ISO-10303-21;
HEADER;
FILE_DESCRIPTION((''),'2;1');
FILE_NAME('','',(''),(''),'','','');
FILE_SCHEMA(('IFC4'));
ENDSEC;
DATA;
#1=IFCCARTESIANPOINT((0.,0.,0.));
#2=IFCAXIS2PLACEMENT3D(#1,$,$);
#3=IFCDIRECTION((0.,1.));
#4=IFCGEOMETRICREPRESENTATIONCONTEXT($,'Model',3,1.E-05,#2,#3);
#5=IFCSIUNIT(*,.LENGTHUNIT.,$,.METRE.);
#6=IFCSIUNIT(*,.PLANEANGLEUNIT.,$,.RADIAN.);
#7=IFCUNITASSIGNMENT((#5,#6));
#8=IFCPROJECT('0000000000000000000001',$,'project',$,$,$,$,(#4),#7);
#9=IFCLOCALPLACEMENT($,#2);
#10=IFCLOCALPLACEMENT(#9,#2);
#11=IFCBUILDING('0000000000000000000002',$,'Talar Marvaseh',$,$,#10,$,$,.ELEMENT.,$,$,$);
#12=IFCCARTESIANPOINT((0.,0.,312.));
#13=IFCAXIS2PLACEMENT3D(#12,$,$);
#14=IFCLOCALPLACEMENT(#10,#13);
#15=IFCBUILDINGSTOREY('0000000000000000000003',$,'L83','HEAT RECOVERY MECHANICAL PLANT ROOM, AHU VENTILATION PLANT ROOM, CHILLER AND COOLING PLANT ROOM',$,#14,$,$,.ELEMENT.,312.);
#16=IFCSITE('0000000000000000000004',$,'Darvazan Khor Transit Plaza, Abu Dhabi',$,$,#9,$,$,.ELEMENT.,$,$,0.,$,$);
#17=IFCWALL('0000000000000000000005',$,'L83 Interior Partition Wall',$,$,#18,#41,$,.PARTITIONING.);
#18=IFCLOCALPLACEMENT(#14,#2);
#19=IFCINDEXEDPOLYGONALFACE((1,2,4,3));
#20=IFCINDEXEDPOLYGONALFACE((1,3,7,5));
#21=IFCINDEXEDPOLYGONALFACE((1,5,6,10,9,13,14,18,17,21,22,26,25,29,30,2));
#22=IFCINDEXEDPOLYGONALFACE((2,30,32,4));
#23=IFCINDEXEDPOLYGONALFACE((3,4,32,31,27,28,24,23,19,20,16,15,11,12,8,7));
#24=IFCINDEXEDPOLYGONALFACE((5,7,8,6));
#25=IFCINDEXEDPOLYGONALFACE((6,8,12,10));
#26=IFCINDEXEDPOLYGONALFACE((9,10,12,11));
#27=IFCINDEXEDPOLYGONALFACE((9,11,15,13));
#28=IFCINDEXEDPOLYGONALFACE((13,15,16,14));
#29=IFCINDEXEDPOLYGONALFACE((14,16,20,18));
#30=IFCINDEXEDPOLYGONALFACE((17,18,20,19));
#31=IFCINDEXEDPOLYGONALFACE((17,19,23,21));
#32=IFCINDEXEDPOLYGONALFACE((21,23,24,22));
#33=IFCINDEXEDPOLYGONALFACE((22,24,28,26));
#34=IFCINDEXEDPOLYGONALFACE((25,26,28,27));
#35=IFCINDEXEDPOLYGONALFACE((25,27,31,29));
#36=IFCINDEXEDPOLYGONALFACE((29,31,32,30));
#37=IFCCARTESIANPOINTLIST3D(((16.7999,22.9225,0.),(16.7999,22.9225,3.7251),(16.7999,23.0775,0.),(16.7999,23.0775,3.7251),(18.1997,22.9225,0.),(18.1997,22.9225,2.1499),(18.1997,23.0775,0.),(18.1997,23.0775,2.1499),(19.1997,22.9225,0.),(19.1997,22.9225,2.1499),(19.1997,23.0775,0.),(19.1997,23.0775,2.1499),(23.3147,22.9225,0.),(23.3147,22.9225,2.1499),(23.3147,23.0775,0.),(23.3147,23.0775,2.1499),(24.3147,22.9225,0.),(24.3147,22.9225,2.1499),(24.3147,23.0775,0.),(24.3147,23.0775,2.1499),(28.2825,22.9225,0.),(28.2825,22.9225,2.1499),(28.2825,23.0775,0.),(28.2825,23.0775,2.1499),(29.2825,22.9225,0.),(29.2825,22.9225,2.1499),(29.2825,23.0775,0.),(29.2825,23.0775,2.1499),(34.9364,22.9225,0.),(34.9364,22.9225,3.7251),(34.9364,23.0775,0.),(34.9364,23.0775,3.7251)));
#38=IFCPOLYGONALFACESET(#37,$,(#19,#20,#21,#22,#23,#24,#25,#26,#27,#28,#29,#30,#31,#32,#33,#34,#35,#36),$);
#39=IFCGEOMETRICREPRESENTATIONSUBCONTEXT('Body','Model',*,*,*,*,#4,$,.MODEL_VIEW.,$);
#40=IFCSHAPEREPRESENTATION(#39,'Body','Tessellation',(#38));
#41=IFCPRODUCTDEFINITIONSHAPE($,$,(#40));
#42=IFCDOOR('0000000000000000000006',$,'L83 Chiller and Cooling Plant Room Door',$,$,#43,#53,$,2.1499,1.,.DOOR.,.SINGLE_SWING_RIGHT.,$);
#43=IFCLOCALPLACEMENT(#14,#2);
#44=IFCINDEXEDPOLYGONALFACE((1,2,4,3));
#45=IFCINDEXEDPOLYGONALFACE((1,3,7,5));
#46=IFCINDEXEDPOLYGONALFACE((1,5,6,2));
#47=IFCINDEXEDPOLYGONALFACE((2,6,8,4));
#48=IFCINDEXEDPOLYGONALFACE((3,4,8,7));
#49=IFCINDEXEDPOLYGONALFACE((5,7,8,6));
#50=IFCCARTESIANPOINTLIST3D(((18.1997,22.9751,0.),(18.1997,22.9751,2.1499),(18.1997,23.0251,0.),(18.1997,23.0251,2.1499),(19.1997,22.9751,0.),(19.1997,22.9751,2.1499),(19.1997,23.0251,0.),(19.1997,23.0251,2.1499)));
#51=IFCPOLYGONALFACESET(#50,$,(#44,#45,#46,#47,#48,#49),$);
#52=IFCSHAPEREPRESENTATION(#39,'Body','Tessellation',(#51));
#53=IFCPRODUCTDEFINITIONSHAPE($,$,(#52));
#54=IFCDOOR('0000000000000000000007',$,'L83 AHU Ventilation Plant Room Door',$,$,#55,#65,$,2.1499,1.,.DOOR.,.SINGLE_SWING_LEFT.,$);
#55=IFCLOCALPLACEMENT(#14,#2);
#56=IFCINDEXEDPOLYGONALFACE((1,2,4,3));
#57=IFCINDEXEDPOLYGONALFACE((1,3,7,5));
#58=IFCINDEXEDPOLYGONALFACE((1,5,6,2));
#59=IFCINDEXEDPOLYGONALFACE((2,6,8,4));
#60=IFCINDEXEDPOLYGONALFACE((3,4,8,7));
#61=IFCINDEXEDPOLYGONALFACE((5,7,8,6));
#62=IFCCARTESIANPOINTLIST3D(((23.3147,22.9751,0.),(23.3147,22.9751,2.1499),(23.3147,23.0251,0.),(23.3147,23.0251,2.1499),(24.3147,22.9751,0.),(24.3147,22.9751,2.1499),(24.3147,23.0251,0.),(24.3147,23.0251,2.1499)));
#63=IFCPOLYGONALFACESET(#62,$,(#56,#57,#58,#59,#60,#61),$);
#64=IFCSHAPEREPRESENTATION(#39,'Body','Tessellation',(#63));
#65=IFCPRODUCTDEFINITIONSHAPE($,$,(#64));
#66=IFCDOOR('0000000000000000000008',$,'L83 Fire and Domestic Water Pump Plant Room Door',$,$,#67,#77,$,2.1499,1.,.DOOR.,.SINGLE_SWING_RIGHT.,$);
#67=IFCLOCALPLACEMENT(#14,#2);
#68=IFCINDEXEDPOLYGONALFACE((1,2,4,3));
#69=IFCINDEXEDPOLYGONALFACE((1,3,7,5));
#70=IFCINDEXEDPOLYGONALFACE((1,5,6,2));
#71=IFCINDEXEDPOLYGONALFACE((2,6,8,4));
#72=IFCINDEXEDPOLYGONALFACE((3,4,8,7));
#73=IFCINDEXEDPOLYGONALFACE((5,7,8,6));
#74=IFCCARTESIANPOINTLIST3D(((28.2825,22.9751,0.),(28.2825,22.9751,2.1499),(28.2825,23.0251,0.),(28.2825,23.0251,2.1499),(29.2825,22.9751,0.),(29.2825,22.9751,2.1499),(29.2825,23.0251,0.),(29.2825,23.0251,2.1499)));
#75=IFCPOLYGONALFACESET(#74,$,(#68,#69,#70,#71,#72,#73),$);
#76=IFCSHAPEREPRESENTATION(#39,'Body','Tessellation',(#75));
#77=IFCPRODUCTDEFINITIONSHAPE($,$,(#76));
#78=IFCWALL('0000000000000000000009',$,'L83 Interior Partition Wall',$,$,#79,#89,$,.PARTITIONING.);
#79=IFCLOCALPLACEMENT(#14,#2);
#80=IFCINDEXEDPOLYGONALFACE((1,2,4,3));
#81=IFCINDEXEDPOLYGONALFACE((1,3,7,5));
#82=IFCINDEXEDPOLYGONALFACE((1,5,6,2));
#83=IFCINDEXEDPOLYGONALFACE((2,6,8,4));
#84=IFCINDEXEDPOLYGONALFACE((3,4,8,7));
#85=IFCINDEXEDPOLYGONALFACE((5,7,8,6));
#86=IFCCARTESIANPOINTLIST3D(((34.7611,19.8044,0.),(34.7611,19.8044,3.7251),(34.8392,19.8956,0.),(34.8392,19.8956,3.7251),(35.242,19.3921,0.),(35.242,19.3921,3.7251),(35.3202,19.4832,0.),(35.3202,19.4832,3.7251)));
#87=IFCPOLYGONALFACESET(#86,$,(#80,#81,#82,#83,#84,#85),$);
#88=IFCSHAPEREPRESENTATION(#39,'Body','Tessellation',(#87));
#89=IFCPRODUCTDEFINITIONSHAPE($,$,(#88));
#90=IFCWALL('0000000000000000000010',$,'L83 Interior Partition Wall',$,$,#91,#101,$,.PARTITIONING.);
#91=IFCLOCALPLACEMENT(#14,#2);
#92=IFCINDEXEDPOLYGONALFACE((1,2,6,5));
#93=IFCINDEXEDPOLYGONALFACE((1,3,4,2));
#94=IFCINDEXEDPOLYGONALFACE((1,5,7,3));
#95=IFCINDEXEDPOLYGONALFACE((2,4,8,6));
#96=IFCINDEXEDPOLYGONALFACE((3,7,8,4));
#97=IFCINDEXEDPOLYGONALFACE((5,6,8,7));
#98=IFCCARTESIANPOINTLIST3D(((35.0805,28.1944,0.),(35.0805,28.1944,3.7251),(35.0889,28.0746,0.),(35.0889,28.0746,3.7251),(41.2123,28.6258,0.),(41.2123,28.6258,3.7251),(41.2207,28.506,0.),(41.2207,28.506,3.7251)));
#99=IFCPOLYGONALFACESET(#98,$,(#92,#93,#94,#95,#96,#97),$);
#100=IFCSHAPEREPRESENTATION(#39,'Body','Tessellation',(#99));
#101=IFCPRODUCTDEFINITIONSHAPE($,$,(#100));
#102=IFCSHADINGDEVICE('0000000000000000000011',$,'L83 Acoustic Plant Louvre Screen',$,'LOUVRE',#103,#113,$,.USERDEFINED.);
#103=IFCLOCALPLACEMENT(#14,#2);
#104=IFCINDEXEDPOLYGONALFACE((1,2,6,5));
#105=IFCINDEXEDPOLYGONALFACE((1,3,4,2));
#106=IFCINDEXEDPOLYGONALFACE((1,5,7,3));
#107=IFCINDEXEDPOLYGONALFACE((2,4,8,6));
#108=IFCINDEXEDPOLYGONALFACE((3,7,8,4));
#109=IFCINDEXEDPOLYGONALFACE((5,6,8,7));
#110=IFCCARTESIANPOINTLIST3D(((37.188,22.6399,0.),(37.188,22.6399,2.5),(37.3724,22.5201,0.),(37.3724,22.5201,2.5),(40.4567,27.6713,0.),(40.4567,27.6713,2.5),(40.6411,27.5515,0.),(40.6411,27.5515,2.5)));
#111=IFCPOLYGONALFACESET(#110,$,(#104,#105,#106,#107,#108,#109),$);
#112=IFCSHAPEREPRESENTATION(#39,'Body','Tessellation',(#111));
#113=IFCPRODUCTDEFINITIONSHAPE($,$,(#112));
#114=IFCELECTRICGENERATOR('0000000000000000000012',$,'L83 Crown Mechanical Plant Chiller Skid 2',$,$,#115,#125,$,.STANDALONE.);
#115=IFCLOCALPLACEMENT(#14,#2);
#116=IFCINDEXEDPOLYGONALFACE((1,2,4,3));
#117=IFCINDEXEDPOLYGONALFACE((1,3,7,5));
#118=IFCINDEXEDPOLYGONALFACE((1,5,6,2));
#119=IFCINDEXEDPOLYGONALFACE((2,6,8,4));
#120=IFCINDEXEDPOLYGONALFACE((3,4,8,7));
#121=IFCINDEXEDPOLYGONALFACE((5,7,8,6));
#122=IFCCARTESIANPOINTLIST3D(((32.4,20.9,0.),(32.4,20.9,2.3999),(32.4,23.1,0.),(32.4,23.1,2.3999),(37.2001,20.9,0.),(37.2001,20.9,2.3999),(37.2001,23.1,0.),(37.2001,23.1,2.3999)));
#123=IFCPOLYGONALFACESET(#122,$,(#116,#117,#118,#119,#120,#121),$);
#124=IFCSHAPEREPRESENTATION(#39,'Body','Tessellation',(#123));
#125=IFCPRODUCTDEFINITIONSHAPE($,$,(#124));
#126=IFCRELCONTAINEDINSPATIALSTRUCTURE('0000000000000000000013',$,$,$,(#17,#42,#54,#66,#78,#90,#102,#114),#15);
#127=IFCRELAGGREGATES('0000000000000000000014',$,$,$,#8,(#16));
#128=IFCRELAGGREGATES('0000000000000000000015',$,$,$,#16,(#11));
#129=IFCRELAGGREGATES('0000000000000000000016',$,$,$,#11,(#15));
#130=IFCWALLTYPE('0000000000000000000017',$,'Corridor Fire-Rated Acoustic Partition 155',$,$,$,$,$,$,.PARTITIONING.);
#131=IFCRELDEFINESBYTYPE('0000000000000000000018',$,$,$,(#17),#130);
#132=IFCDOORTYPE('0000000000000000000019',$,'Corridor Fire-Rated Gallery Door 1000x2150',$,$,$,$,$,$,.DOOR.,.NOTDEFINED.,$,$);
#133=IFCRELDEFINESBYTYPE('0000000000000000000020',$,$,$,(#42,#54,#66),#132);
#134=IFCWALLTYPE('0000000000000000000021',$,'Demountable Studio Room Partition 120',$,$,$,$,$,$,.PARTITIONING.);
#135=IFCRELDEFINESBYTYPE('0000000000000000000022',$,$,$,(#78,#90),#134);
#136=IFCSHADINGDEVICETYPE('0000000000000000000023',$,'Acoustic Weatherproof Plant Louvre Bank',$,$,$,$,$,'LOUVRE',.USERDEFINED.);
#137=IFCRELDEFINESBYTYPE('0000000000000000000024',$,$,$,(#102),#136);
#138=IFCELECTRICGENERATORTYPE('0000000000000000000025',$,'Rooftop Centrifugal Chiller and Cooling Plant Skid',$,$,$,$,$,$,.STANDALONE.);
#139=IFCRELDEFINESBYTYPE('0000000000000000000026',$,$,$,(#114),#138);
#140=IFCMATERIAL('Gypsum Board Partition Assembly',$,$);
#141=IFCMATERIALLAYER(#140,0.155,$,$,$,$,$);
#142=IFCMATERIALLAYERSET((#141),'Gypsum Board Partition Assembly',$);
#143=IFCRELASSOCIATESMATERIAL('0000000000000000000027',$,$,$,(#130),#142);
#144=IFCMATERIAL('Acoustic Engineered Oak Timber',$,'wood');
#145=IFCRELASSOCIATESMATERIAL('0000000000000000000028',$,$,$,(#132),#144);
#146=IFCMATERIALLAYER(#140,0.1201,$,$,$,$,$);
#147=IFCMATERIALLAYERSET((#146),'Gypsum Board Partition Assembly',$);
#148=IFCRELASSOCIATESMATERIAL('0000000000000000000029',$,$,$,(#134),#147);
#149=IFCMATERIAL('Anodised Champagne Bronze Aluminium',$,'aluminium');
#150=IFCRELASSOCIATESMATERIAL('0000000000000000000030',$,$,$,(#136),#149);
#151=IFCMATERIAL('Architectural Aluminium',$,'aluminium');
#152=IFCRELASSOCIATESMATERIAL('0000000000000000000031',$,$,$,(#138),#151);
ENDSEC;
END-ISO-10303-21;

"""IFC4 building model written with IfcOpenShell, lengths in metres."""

from ifc_helpers import new_model, si_unit, direction, frame, frame_2d, origin, origin_2d, place, context, subcontext, project, spatial, rectangle, extrude, source, transform, mapped, material, layer, layer_set, type_object, type_shapes, element, fill, save


model = new_model("IFC4")

# Units and contexts
model_context = context("Model", 3, precision=1e-05, world=origin(), true_north=direction((0.0, 1.0)))
body_context = subcontext(model_context, "Body", "Model", "MODEL_VIEW")
ifc_project = project(units=[si_unit("LENGTHUNIT", "METRE"), si_unit("PLANEANGLEUNIT", "RADIAN")], contexts=[model_context])

# Site, building, storey
site_placement = place(None, origin())
site = spatial("IfcSite", under=ifc_project, at=site_placement, Name="Darvazan Khor Transit Plaza, Abu Dhabi", CompositionType="ELEMENT", RefElevation=0.0)
building_placement = place(site_placement, origin())
building = spatial("IfcBuilding", under=site, at=building_placement, Name="Talar Marvaseh", CompositionType="ELEMENT")
storey_placement = place(building_placement, frame((0.0, 0.0, 312.0)))
storey = spatial("IfcBuildingStorey", under=building, at=storey_placement, Name="L83", Description="HEAT RECOVERY MECHANICAL PLANT ROOM, AHU VENTILATION PLANT ROOM, CHILLER AND COOLING PLANT ROOM", CompositionType="ELEMENT", Elevation=312.0)

# Shared definitions
ifc_material_1 = material(Name="Architectural Aluminium", Category="aluminium")

# Wall, openings, doors
ifc_material_2 = material(Name="Gypsum Board Partition Assembly")
ifc_layer_1 = layer(ifc_material_2, 0.155)
ifc_layer_set_1 = layer_set([ifc_layer_1], Name="Gypsum Board Partition Assembly")
wall_type_1 = type_object("IfcWallType", Name="Corridor Fire-Rated Acoustic Partition 155", PredefinedType="PARTITIONING", material=ifc_layer_set_1)
wall_1_placement = place(storey_placement, frame((34.9365, 23.0, 0.0), z_axis=(0.0, 0.0, 1.0), x_axis=(-1.0, 0.0, 0.0)))
wall_1 = element("IfcWall", 1, at=wall_1_placement, inside=storey, type_object=wall_type_1, Name="L83 Interior Partition Wall", PredefinedType="PARTITIONING", context=body_context, shape_type="SweptSolid", body=[
    extrude(rectangle(XDim=18.1365, YDim=0.155, at=frame_2d((9.0684, 0.0))), origin(), (0.0, 0.0, 1.0), 3.7251),
])
opening_1_placement = place(wall_1_placement, frame((15.7368, 0.0, 0.0)))
opening_1 = element("IfcOpeningElement", 2, at=opening_1_placement, cuts=wall_1, PredefinedType="OPENING", context=body_context, shape_type="SweptSolid", body=[
    extrude(rectangle(XDim=1.0, YDim=2.1499, at=frame_2d((0.5, 1.075))), frame((0.0, 0.0874, 0.0), z_axis=(0.0, -1.0, 0.0), x_axis=(1.0, 0.0, 0.0)), (0.0, 0.0, 1.0), 0.175),
])
opening_2_placement = place(wall_1_placement, frame((10.6218, 0.0, 0.0)))
opening_2 = element("IfcOpeningElement", 3, at=opening_2_placement, cuts=wall_1, PredefinedType="OPENING", context=body_context, shape_type="SweptSolid", body=[
    extrude(rectangle(XDim=1.0, YDim=2.1499, at=frame_2d((0.5, 1.075))), frame((0.0, 0.0874, 0.0), z_axis=(0.0, -1.0, 0.0), x_axis=(1.0, 0.0, 0.0)), (0.0, 0.0, 1.0), 0.175),
])
opening_3_placement = place(wall_1_placement, frame((5.6541, 0.0, 0.0)))
opening_3 = element("IfcOpeningElement", 4, at=opening_3_placement, cuts=wall_1, PredefinedType="OPENING", context=body_context, shape_type="SweptSolid", body=[
    extrude(rectangle(XDim=1.0, YDim=2.1499, at=frame_2d((0.5, 1.075))), frame((0.0, 0.0874, 0.0), z_axis=(0.0, -1.0, 0.0), x_axis=(1.0, 0.0, 0.0)), (0.0, 0.0, 1.0), 0.175),
])
ifc_material_3 = material(Name="Acoustic Engineered Oak Timber", Category="wood")
door_type = type_object("IfcDoorType", Name="Corridor Fire-Rated Gallery Door 1000x2150", OperationType="NOTDEFINED", PredefinedType="DOOR", material=ifc_material_3)
shared_shape_1 = source(origin(), body_context, "Body", "SweptSolid", [
    extrude(rectangle(XDim=1.0, YDim=2.1499, at=frame_2d((0.5, 1.075))), frame((0.0, 0.0249, 0.0), z_axis=(0.0, -1.0, 0.0), x_axis=(1.0, 0.0, 0.0)), (0.0, 0.0, 1.0), 0.05),
])
type_shapes(door_type, [shared_shape_1])
door_1_placement = place(opening_1_placement, origin())
door_1 = element("IfcDoor", 5, at=door_1_placement, inside=storey, type_object=door_type, Name="L83 Chiller and Cooling Plant Room Door", OperationType="SINGLE_SWING_RIGHT", OverallHeight=2.1499, OverallWidth=1.0, PredefinedType="DOOR", context=body_context, shape_type="MappedRepresentation", body=[
    mapped(shared_shape_1, transform((0.0, 0.0, 0.0), x_axis=(1.0, 0.0, 0.0), y_axis=(0.0, 1.0, 0.0), z_axis=(0.0, 0.0, 1.0), scale=1.0)),
])
fill(opening_1, door_1)
door_2_placement = place(opening_2_placement, origin())
door_2 = element("IfcDoor", 6, at=door_2_placement, inside=storey, type_object=door_type, Name="L83 AHU Ventilation Plant Room Door", OperationType="SINGLE_SWING_LEFT", OverallHeight=2.1499, OverallWidth=1.0, PredefinedType="DOOR", context=body_context, shape_type="MappedRepresentation", body=[
    mapped(shared_shape_1, transform((0.0, 0.0, 0.0), x_axis=(1.0, 0.0, 0.0), y_axis=(0.0, 1.0, 0.0), z_axis=(0.0, 0.0, 1.0), scale=1.0)),
])
fill(opening_2, door_2)
door_3_placement = place(opening_3_placement, origin())
door_3 = element("IfcDoor", 7, at=door_3_placement, inside=storey, type_object=door_type, Name="L83 Fire and Domestic Water Pump Plant Room Door", OperationType="SINGLE_SWING_RIGHT", OverallHeight=2.1499, OverallWidth=1.0, PredefinedType="DOOR", context=body_context, shape_type="MappedRepresentation", body=[
    mapped(shared_shape_1, transform((0.0, 0.0, 0.0), x_axis=(1.0, 0.0, 0.0), y_axis=(0.0, 1.0, 0.0), z_axis=(0.0, 0.0, 1.0), scale=1.0)),
])
fill(opening_3, door_3)

# Walls
ifc_layer_2 = layer(ifc_material_2, 0.1201)
ifc_layer_set_2 = layer_set([ifc_layer_2], Name="Gypsum Board Partition Assembly")
wall_type_2 = type_object("IfcWallType", Name="Demountable Studio Room Partition 120", PredefinedType="PARTITIONING", material=ifc_layer_set_2)
wall_2_placement = place(storey_placement, frame((34.8, 19.8501, 0.0), z_axis=(0.0, 0.0, 1.0), x_axis=(0.759175, -0.650887, 0.0)))
element("IfcWall", 8, at=wall_2_placement, inside=storey, type_object=wall_type_2, Name="L83 Interior Partition Wall", PredefinedType="PARTITIONING", context=body_context, shape_type="SweptSolid", body=[
    extrude(rectangle(XDim=0.6335, YDim=0.1201, at=frame_2d((0.3169, 0.0))), origin(), (0.0, 0.0, 1.0), 3.7251),
])
wall_3_placement = place(storey_placement, frame((35.0847, 28.1345, 0.0), z_axis=(0.0, 0.0, 1.0), x_axis=(0.997534, 0.07018, 0.0)))
element("IfcWall", 9, at=wall_3_placement, inside=storey, type_object=wall_type_2, Name="L83 Interior Partition Wall", PredefinedType="PARTITIONING", context=body_context, shape_type="SweptSolid", body=[
    extrude(rectangle(XDim=6.147, YDim=0.1201, at=frame_2d((3.0735, 0.0))), origin(), (0.0, 0.0, 1.0), 3.7251),
])

# Shading device
ifc_material_4 = material(Name="Anodised Champagne Bronze Aluminium", Category="aluminium")
shading_device_type = type_object("IfcShadingDeviceType", Name="Acoustic Weatherproof Plant Louvre Bank", ElementType="LOUVRE", PredefinedType="USERDEFINED", material=ifc_material_4)
shared_shape_2 = source(origin(), body_context, "Body", "SweptSolid", [
    extrude(rectangle(XDim=6.0, YDim=0.22, at=origin_2d()), origin(), (0.0, 0.0, 1.0), 2.5),
])
type_shapes(shading_device_type, [shared_shape_2])
shading_device_placement = place(storey_placement, frame((38.9146, 25.0957, 0.0), z_axis=(0.0, 0.0, 1.0), x_axis=(-0.544785, -0.838575, 0.0)))
element("IfcShadingDevice", 10, at=shading_device_placement, inside=storey, type_object=shading_device_type, Name="L83 Acoustic Plant Louvre Screen", ObjectType="LOUVRE", PredefinedType="USERDEFINED", context=body_context, shape_type="MappedRepresentation", body=[
    mapped(shared_shape_2, transform((0.0, 0.0, 0.0), x_axis=(1.0, 0.0, 0.0), y_axis=(0.0, 1.0, 0.0), z_axis=(0.0, 0.0, 1.0), scale=1.0)),
])

# Electric generator
electric_generator_type = type_object("IfcElectricGeneratorType", Name="Rooftop Centrifugal Chiller and Cooling Plant Skid", PredefinedType="STANDALONE", material=ifc_material_1)
shared_shape_3 = source(origin(), body_context, "Body", "SweptSolid", [
    extrude(rectangle(XDim=4.8, YDim=2.2, at=origin_2d()), origin(), (0.0, 0.0, 1.0), 2.3999),
])
type_shapes(electric_generator_type, [shared_shape_3])
electric_generator_placement = place(storey_placement, frame((34.8, 22.0, 0.0), z_axis=(0.0, 0.0, 1.0), x_axis=(1.0, 0.0, 0.0)))
element("IfcElectricGenerator", 11, at=electric_generator_placement, inside=storey, type_object=electric_generator_type, Name="L83 Crown Mechanical Plant Chiller Skid 2", PredefinedType="STANDALONE", context=body_context, shape_type="MappedRepresentation", body=[
    mapped(shared_shape_3, transform((0.0, 0.0, 0.0), x_axis=(1.0, 0.0, 0.0), y_axis=(0.0, 1.0, 0.0), z_axis=(0.0, 0.0, 1.0), scale=1.0)),
])

save(model, "model.ifc")
